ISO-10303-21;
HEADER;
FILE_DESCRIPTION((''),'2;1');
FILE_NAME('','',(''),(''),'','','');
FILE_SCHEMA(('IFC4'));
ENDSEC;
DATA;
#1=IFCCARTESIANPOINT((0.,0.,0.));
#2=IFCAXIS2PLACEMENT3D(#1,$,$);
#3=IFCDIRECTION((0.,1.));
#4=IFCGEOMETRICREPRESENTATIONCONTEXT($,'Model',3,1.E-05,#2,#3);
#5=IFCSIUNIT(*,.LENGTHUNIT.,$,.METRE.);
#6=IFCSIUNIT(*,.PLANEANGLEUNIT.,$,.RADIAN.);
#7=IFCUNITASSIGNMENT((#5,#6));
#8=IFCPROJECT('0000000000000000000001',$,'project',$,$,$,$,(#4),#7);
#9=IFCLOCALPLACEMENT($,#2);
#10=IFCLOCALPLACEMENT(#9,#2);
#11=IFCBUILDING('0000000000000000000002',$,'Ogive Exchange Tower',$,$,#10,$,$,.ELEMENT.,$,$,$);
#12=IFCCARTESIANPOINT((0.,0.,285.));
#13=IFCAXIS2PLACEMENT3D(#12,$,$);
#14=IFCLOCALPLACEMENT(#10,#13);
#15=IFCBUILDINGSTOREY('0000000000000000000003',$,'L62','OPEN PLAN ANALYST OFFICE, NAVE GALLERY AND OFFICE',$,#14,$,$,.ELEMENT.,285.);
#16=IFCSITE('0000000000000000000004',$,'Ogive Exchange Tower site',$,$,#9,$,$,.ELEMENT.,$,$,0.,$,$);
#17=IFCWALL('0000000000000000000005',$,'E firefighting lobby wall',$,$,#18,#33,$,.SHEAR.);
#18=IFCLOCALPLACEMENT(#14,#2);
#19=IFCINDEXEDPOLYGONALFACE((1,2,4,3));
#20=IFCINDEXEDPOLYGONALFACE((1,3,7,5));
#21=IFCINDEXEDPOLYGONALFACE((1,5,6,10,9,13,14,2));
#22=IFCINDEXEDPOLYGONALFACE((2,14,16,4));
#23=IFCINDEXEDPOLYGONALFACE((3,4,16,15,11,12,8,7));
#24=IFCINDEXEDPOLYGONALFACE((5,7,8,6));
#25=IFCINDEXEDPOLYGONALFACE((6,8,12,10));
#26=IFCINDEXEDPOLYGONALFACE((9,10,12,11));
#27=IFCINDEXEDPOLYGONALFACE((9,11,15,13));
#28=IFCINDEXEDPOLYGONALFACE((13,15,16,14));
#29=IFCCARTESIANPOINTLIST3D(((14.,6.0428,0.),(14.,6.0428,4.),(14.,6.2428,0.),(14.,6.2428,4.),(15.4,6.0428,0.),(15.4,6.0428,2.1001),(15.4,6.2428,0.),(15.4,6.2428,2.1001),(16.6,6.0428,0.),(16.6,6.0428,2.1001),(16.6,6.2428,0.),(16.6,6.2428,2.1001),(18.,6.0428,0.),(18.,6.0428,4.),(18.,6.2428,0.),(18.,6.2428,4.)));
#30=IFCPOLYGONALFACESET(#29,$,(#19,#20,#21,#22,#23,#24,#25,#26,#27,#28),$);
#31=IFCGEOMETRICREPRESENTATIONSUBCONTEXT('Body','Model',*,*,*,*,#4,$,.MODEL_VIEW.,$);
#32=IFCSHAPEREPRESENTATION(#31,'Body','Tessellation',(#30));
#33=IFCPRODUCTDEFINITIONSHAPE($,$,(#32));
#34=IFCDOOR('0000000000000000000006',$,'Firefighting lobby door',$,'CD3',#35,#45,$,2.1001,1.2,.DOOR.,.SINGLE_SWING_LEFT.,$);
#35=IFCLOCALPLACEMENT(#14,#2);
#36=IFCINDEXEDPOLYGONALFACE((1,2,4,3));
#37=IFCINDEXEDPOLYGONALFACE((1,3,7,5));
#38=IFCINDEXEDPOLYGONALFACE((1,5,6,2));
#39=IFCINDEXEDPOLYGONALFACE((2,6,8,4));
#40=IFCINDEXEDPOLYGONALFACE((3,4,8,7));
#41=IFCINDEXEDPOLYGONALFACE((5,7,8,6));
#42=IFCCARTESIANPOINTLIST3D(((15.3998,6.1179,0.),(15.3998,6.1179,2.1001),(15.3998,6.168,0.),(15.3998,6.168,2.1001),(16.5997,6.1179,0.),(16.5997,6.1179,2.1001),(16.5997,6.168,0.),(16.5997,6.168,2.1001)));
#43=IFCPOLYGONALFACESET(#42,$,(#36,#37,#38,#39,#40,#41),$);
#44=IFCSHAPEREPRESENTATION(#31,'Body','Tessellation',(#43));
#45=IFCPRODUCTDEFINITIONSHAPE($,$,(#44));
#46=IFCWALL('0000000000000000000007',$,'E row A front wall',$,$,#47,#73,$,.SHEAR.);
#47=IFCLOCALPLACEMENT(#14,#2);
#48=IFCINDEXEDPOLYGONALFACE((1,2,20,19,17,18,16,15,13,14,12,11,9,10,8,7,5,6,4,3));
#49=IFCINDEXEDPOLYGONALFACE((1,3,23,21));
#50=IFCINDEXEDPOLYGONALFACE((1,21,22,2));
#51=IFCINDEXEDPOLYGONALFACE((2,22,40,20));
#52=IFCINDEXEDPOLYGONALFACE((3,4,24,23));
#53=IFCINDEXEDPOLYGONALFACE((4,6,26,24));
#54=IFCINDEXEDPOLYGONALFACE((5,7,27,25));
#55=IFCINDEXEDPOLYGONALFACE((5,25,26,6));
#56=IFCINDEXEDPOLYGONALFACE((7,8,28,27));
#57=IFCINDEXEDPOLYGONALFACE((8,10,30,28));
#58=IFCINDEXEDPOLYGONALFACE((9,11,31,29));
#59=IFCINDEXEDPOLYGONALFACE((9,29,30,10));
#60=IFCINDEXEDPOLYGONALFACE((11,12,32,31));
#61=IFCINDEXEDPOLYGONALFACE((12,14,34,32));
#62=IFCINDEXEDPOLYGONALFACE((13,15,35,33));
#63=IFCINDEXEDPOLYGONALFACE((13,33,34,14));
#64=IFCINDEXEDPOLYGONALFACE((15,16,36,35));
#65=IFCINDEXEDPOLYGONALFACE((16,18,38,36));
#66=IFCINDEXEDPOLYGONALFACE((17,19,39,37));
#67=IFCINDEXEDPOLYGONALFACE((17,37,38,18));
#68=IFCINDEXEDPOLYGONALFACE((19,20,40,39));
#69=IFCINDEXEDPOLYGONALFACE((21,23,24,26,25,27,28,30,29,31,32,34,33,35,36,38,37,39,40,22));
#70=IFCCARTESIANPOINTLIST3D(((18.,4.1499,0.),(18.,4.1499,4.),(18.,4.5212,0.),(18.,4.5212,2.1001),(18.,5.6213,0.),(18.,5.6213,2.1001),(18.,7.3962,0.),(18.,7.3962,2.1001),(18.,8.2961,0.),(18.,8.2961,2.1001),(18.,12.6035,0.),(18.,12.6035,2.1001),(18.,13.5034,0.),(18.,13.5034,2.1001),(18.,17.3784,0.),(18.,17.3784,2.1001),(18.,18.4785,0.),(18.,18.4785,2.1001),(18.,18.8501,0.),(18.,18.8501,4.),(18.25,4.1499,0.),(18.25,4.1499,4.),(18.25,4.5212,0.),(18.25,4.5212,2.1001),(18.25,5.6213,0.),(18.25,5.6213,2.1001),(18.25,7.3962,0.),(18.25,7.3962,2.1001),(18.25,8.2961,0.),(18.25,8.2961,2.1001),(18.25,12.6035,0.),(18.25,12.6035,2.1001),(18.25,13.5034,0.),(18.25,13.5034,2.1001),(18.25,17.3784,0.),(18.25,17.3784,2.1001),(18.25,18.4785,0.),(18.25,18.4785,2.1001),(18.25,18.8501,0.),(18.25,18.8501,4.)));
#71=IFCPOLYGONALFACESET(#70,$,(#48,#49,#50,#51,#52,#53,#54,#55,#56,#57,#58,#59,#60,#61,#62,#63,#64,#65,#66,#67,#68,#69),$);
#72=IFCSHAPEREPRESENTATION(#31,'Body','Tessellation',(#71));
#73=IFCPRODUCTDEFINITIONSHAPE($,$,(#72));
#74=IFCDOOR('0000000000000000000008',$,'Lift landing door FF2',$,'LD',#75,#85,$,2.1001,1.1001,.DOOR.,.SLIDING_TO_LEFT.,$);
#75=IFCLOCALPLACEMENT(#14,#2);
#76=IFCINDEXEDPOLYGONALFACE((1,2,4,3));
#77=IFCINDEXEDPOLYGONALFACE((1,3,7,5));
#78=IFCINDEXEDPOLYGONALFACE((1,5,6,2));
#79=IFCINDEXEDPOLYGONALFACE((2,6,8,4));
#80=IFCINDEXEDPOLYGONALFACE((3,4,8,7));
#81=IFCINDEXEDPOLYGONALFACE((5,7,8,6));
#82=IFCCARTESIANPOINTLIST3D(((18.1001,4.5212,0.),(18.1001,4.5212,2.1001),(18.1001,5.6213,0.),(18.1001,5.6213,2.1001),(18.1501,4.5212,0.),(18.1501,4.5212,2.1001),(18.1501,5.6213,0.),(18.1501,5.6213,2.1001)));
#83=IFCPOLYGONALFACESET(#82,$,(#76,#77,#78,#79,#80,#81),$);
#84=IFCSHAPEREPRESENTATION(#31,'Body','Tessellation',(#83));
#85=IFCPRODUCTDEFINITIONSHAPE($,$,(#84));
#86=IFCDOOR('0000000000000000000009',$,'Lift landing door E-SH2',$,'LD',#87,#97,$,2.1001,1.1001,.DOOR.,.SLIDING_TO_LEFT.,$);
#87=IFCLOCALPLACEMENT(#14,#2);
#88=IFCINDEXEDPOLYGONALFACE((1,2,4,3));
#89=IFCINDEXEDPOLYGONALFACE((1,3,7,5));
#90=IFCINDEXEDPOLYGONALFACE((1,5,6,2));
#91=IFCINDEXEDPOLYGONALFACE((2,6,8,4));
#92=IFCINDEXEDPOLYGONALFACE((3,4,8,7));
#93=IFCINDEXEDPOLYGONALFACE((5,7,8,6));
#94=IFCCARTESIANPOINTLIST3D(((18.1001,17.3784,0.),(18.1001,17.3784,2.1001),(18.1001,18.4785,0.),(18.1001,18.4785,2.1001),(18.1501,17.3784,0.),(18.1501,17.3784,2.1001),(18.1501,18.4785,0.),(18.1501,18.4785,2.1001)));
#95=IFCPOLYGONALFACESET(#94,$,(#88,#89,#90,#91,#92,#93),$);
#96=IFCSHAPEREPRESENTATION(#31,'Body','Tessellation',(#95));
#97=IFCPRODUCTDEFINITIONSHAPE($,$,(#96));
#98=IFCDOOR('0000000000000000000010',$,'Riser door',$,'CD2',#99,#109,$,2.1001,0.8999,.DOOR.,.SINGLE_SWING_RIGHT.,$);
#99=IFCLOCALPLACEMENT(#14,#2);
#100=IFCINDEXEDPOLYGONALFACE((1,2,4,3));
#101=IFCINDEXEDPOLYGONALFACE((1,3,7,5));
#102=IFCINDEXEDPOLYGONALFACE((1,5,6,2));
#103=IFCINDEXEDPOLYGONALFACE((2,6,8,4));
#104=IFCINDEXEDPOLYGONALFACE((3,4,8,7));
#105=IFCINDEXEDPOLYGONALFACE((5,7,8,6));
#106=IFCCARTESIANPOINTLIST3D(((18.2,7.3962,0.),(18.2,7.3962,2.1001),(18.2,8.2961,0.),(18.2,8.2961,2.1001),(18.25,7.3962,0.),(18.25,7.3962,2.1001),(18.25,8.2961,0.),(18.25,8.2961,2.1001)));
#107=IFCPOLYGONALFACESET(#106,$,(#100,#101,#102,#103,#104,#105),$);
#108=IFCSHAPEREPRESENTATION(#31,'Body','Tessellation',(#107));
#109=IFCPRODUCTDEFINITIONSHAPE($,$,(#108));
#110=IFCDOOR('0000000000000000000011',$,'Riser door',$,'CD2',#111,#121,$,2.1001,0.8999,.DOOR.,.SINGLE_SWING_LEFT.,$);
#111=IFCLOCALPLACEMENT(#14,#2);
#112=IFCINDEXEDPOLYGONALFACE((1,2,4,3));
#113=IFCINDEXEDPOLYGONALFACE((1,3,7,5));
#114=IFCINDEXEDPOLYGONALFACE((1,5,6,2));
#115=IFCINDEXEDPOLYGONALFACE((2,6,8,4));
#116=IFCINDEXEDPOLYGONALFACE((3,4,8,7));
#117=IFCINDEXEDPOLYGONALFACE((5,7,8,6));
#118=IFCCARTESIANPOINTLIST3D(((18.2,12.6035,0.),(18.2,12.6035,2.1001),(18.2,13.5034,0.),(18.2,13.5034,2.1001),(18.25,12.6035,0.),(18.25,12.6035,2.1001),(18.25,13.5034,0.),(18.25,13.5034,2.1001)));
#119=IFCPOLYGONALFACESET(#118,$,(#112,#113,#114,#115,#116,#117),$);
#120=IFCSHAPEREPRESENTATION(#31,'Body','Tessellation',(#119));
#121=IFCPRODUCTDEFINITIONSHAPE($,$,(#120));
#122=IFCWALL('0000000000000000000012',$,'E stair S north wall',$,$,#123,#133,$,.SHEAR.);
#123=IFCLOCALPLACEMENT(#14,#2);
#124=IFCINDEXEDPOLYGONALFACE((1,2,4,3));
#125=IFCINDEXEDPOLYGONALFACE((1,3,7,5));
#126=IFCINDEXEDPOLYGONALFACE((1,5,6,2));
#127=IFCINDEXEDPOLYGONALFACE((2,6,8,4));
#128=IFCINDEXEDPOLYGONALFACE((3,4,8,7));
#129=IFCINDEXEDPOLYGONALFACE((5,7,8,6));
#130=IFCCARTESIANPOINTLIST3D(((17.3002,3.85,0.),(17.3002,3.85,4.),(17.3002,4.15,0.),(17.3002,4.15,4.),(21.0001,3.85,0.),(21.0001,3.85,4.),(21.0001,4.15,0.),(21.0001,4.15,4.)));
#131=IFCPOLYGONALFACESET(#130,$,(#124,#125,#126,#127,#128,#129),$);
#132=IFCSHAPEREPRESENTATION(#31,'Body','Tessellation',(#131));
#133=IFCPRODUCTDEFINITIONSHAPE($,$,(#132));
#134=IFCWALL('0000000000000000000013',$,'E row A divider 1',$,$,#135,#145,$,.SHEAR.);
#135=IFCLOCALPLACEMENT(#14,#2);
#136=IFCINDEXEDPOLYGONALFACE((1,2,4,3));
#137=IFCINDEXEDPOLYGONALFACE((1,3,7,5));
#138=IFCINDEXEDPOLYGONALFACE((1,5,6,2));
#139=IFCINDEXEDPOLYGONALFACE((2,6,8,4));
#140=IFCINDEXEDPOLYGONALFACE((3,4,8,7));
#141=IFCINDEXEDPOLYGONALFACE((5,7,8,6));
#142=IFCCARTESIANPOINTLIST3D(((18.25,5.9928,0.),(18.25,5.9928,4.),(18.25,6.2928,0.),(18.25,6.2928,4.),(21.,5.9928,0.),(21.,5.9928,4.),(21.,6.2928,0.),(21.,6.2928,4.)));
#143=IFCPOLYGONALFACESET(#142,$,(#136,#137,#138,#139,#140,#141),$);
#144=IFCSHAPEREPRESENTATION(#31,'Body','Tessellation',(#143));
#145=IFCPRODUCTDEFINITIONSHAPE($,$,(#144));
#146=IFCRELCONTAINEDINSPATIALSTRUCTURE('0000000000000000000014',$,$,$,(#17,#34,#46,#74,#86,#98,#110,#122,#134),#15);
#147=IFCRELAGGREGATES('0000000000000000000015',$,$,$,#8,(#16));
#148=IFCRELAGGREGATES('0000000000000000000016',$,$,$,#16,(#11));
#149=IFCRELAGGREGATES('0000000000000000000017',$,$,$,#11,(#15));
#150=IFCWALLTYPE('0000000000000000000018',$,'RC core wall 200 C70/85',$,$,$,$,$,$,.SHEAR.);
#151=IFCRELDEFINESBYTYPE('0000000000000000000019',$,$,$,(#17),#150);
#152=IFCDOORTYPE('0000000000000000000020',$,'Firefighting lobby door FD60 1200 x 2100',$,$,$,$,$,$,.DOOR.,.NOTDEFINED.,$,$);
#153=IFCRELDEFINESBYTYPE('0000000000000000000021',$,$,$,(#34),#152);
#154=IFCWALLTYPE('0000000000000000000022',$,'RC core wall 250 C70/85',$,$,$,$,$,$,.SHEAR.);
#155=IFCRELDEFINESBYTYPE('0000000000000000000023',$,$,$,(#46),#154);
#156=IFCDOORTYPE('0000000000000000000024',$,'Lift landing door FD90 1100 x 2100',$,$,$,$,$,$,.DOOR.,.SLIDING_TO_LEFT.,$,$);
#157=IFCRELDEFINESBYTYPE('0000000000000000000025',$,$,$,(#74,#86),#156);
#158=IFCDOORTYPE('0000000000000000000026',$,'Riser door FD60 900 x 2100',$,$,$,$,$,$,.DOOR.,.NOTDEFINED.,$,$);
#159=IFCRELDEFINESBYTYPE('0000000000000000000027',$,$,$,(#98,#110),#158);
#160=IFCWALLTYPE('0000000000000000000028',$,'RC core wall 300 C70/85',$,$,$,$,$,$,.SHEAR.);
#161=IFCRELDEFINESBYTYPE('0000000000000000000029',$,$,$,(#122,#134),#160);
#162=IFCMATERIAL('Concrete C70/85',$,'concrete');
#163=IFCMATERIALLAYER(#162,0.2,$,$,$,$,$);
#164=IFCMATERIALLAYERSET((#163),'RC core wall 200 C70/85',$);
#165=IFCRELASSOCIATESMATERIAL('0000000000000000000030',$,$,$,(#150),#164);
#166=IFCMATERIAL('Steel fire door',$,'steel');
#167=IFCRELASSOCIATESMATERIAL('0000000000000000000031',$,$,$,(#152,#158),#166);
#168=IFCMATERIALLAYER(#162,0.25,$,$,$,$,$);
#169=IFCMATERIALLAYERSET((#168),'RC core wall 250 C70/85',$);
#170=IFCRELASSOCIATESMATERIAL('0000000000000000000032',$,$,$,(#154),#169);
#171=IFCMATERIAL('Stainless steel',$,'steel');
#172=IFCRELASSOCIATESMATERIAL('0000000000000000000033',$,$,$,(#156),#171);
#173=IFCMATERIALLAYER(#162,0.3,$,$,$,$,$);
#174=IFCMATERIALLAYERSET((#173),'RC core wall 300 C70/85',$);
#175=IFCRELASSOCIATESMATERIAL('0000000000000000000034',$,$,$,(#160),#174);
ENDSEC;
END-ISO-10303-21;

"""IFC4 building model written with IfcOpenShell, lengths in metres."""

from ifc_helpers import new_model, si_unit, direction, frame, frame_2d, origin, place, context, subcontext, project, spatial, rectangle, extrude, material, layer, layer_set, type_object, element, fill, save


model = new_model("IFC4")

# Units and contexts
model_context = context("Model", 3, precision=1e-05, world=origin(), true_north=direction((0.0, 1.0)))
body_context = subcontext(model_context, "Body", "Model", "MODEL_VIEW")
ifc_project = project(units=[si_unit("LENGTHUNIT", "METRE"), si_unit("PLANEANGLEUNIT", "RADIAN")], contexts=[model_context])

# Site, building, storey
site_placement = place(None, origin())
site = spatial("IfcSite", under=ifc_project, at=site_placement, Name="Ogive Exchange Tower site", CompositionType="ELEMENT", RefElevation=0.0)
building_placement = place(site_placement, origin())
building = spatial("IfcBuilding", under=site, at=building_placement, Name="Ogive Exchange Tower", CompositionType="ELEMENT")
storey_placement = place(building_placement, frame((0.0, 0.0, 285.0)))
storey = spatial("IfcBuildingStorey", under=building, at=storey_placement, Name="L62", Description="OPEN PLAN ANALYST OFFICE, NAVE GALLERY AND OFFICE", CompositionType="ELEMENT", Elevation=285.0)

# Wall, opening, door
ifc_material_1 = material(Name="Concrete C70/85", Category="concrete")
ifc_layer_1 = layer(ifc_material_1, 0.2)
ifc_layer_set_1 = layer_set([ifc_layer_1], Name="RC core wall 200 C70/85")
wall_type_1 = type_object("IfcWallType", Name="RC core wall 200 C70/85", PredefinedType="SHEAR", material=ifc_layer_set_1)
wall_1_placement = place(storey_placement, frame((14.0, 6.1428, 0.0), z_axis=(0.0, 0.0, 1.0), x_axis=(1.0, 0.0, 0.0)))
wall_1 = element("IfcWall", 1, at=wall_1_placement, inside=storey, type_object=wall_type_1, Name="E firefighting lobby wall", PredefinedType="SHEAR", context=body_context, shape_type="SweptSolid", body=[
    extrude(rectangle(XDim=4.0, YDim=0.2, at=frame_2d((2.0, 0.0))), origin(), (0.0, 0.0, 1.0), 4.0),
])
opening_1_placement = place(wall_1_placement, frame((1.3999, 0.0, 0.0)))
opening_1 = element("IfcOpeningElement", 2, at=opening_1_placement, cuts=wall_1, PredefinedType="OPENING", context=body_context, shape_type="SweptSolid", body=[
    extrude(rectangle(XDim=1.2, YDim=2.1001, at=frame_2d((0.6001, 1.05))), frame((0.0, 0.1099, 0.0), z_axis=(0.0, -1.0, 0.0), x_axis=(1.0, 0.0, 0.0)), (0.0, 0.0, 1.0), 0.22),
])
ifc_material_2 = material(Name="Steel fire door", Category="steel")
door_type_1 = type_object("IfcDoorType", Name="Firefighting lobby door FD60 1200 x 2100", OperationType="NOTDEFINED", PredefinedType="DOOR", material=ifc_material_2)
door_1_placement = place(opening_1_placement, frame((1.2, 0.0, 0.0), z_axis=(0.0, 0.0, 1.0), x_axis=(-1.0, 0.0, 0.0)))
door_1 = element("IfcDoor", 3, at=door_1_placement, inside=storey, type_object=door_type_1, Name="Firefighting lobby door", ObjectType="CD3", OperationType="SINGLE_SWING_LEFT", OverallHeight=2.1001, OverallWidth=1.2, PredefinedType="DOOR", context=body_context, shape_type="SweptSolid", body=[
    extrude(rectangle(XDim=1.2, YDim=2.1001, at=frame_2d((0.6001, 1.05))), frame((0.0, 0.0249, 0.0), z_axis=(0.0, -1.0, 0.0), x_axis=(1.0, 0.0, 0.0)), (0.0, 0.0, 1.0), 0.05),
])
fill(opening_1, door_1)

# Wall, openings, doors
ifc_layer_2 = layer(ifc_material_1, 0.25)
ifc_layer_set_2 = layer_set([ifc_layer_2], Name="RC core wall 250 C70/85")
wall_type_2 = type_object("IfcWallType", Name="RC core wall 250 C70/85", PredefinedType="SHEAR", material=ifc_layer_set_2)
wall_2_placement = place(storey_placement, frame((18.125, 4.1499, 0.0), z_axis=(0.0, 0.0, 1.0), x_axis=(0.0, 1.0, 0.0)))
wall_2 = element("IfcWall", 4, at=wall_2_placement, inside=storey, type_object=wall_type_2, Name="E row A front wall", PredefinedType="SHEAR", context=body_context, shape_type="SweptSolid", body=[
    extrude(rectangle(XDim=14.7002, YDim=0.25, at=frame_2d((7.3501, 0.0))), origin(), (0.0, 0.0, 1.0), 4.0),
])
opening_2_placement = place(wall_2_placement, frame((3.2463, 0.0, 0.0)))
opening_2 = element("IfcOpeningElement", 5, at=opening_2_placement, cuts=wall_2, PredefinedType="OPENING", context=body_context, shape_type="SweptSolid", body=[
    extrude(rectangle(XDim=0.8999, YDim=2.1001, at=frame_2d((0.45, 1.05))), frame((0.0, 0.135, 0.0), z_axis=(0.0, -1.0, 0.0), x_axis=(1.0, 0.0, 0.0)), (0.0, 0.0, 1.0), 0.27),
])
opening_3_placement = place(wall_2_placement, frame((8.4536, 0.0, 0.0)))
opening_3 = element("IfcOpeningElement", 6, at=opening_3_placement, cuts=wall_2, PredefinedType="OPENING", context=body_context, shape_type="SweptSolid", body=[
    extrude(rectangle(XDim=0.8999, YDim=2.1001, at=frame_2d((0.45, 1.05))), frame((0.0, 0.135, 0.0), z_axis=(0.0, -1.0, 0.0), x_axis=(1.0, 0.0, 0.0)), (0.0, 0.0, 1.0), 0.27),
])
opening_4_placement = place(wall_2_placement, frame((0.3713, 0.0, 0.0)))
opening_4 = element("IfcOpeningElement", 7, at=opening_4_placement, cuts=wall_2, PredefinedType="OPENING", context=body_context, shape_type="SweptSolid", body=[
    extrude(rectangle(XDim=1.1001, YDim=2.1001, at=frame_2d((0.55, 1.05))), frame((0.0, 0.135, 0.0), z_axis=(0.0, -1.0, 0.0), x_axis=(1.0, 0.0, 0.0)), (0.0, 0.0, 1.0), 0.27),
])
opening_5_placement = place(wall_2_placement, frame((13.2285, 0.0, 0.0)))
opening_5 = element("IfcOpeningElement", 8, at=opening_5_placement, cuts=wall_2, PredefinedType="OPENING", context=body_context, shape_type="SweptSolid", body=[
    extrude(rectangle(XDim=1.1001, YDim=2.1001, at=frame_2d((0.55, 1.05))), frame((0.0, 0.135, 0.0), z_axis=(0.0, -1.0, 0.0), x_axis=(1.0, 0.0, 0.0)), (0.0, 0.0, 1.0), 0.27),
])
ifc_material_3 = material(Name="Stainless steel", Category="steel")
door_type_2 = type_object("IfcDoorType", Name="Lift landing door FD90 1100 x 2100", OperationType="SLIDING_TO_LEFT", PredefinedType="DOOR", material=ifc_material_3)
door_2_placement = place(opening_4_placement, origin())
door_2 = element("IfcDoor", 9, at=door_2_placement, inside=storey, type_object=door_type_2, Name="Lift landing door FF2", ObjectType="LD", OperationType="SLIDING_TO_LEFT", OverallHeight=2.1001, OverallWidth=1.1001, PredefinedType="DOOR", context=body_context, shape_type="SweptSolid", body=[
    extrude(rectangle(XDim=1.1001, YDim=2.1001, at=frame_2d((0.55, 1.05))), frame((0.0, 0.0249, 0.0), z_axis=(0.0, -1.0, 0.0), x_axis=(1.0, 0.0, 0.0)), (0.0, 0.0, 1.0), 0.05),
])
fill(opening_4, door_2)
door_3_placement = place(opening_5_placement, origin())
door_3 = element("IfcDoor", 10, at=door_3_placement, inside=storey, type_object=door_type_2, Name="Lift landing door E-SH2", ObjectType="LD", OperationType="SLIDING_TO_LEFT", OverallHeight=2.1001, OverallWidth=1.1001, PredefinedType="DOOR", context=body_context, shape_type="SweptSolid", body=[
    extrude(rectangle(XDim=1.1001, YDim=2.1001, at=frame_2d((0.55, 1.05))), frame((0.0, 0.0249, 0.0), z_axis=(0.0, -1.0, 0.0), x_axis=(1.0, 0.0, 0.0)), (0.0, 0.0, 1.0), 0.05),
])
fill(opening_5, door_3)
door_type_3 = type_object("IfcDoorType", Name="Riser door FD60 900 x 2100", OperationType="NOTDEFINED", PredefinedType="DOOR", material=ifc_material_2)
door_4_placement = place(opening_2_placement, frame((0.8999, -0.2002, 0.0), z_axis=(0.0, 0.0, 1.0), x_axis=(-1.0, 0.0, 0.0)))
door_4 = element("IfcDoor", 11, at=door_4_placement, inside=storey, type_object=door_type_3, Name="Riser door", ObjectType="CD2", OperationType="SINGLE_SWING_RIGHT", OverallHeight=2.1001, OverallWidth=0.8999, PredefinedType="DOOR", context=body_context, shape_type="SweptSolid", body=[
    extrude(rectangle(XDim=0.8999, YDim=2.1001, at=frame_2d((0.45, 1.05))), frame((0.0, -0.0752, 0.0), z_axis=(0.0, -1.0, 0.0), x_axis=(1.0, 0.0, 0.0)), (0.0, 0.0, 1.0), 0.05),
])
fill(opening_2, door_4)
door_5_placement = place(opening_3_placement, frame((0.8999, -0.2002, 0.0), z_axis=(0.0, 0.0, 1.0), x_axis=(-1.0, 0.0, 0.0)))
door_5 = element("IfcDoor", 12, at=door_5_placement, inside=storey, type_object=door_type_3, Name="Riser door", ObjectType="CD2", OperationType="SINGLE_SWING_LEFT", OverallHeight=2.1001, OverallWidth=0.8999, PredefinedType="DOOR", context=body_context, shape_type="SweptSolid", body=[
    extrude(rectangle(XDim=0.8999, YDim=2.1001, at=frame_2d((0.45, 1.05))), frame((0.0, -0.0752, 0.0), z_axis=(0.0, -1.0, 0.0), x_axis=(1.0, 0.0, 0.0)), (0.0, 0.0, 1.0), 0.05),
])
fill(opening_3, door_5)

# Walls
ifc_layer_3 = layer(ifc_material_1, 0.3)
ifc_layer_set_3 = layer_set([ifc_layer_3], Name="RC core wall 300 C70/85")
wall_type_3 = type_object("IfcWallType", Name="RC core wall 300 C70/85", PredefinedType="SHEAR", material=ifc_layer_set_3)
wall_3_placement = place(storey_placement, frame((17.3, 4.0, 0.0), z_axis=(0.0, 0.0, 1.0), x_axis=(1.0, 0.0, 0.0)))
element("IfcWall", 13, at=wall_3_placement, inside=storey, type_object=wall_type_3, Name="E stair S north wall", PredefinedType="SHEAR", context=body_context, shape_type="SweptSolid", body=[
    extrude(rectangle(XDim=3.7, YDim=0.3, at=frame_2d((1.8501, 0.0))), origin(), (0.0, 0.0, 1.0), 4.0),
])
wall_4_placement = place(storey_placement, frame((18.25, 6.1428, 0.0), z_axis=(0.0, 0.0, 1.0), x_axis=(1.0, 0.0, 0.0)))
element("IfcWall", 14, at=wall_4_placement, inside=storey, type_object=wall_type_3, Name="E row A divider 1", PredefinedType="SHEAR", context=body_context, shape_type="SweptSolid", body=[
    extrude(rectangle(XDim=2.75, YDim=0.3, at=frame_2d((1.375, 0.0))), origin(), (0.0, 0.0, 1.0), 4.0),
])

save(model, "model.ifc")
